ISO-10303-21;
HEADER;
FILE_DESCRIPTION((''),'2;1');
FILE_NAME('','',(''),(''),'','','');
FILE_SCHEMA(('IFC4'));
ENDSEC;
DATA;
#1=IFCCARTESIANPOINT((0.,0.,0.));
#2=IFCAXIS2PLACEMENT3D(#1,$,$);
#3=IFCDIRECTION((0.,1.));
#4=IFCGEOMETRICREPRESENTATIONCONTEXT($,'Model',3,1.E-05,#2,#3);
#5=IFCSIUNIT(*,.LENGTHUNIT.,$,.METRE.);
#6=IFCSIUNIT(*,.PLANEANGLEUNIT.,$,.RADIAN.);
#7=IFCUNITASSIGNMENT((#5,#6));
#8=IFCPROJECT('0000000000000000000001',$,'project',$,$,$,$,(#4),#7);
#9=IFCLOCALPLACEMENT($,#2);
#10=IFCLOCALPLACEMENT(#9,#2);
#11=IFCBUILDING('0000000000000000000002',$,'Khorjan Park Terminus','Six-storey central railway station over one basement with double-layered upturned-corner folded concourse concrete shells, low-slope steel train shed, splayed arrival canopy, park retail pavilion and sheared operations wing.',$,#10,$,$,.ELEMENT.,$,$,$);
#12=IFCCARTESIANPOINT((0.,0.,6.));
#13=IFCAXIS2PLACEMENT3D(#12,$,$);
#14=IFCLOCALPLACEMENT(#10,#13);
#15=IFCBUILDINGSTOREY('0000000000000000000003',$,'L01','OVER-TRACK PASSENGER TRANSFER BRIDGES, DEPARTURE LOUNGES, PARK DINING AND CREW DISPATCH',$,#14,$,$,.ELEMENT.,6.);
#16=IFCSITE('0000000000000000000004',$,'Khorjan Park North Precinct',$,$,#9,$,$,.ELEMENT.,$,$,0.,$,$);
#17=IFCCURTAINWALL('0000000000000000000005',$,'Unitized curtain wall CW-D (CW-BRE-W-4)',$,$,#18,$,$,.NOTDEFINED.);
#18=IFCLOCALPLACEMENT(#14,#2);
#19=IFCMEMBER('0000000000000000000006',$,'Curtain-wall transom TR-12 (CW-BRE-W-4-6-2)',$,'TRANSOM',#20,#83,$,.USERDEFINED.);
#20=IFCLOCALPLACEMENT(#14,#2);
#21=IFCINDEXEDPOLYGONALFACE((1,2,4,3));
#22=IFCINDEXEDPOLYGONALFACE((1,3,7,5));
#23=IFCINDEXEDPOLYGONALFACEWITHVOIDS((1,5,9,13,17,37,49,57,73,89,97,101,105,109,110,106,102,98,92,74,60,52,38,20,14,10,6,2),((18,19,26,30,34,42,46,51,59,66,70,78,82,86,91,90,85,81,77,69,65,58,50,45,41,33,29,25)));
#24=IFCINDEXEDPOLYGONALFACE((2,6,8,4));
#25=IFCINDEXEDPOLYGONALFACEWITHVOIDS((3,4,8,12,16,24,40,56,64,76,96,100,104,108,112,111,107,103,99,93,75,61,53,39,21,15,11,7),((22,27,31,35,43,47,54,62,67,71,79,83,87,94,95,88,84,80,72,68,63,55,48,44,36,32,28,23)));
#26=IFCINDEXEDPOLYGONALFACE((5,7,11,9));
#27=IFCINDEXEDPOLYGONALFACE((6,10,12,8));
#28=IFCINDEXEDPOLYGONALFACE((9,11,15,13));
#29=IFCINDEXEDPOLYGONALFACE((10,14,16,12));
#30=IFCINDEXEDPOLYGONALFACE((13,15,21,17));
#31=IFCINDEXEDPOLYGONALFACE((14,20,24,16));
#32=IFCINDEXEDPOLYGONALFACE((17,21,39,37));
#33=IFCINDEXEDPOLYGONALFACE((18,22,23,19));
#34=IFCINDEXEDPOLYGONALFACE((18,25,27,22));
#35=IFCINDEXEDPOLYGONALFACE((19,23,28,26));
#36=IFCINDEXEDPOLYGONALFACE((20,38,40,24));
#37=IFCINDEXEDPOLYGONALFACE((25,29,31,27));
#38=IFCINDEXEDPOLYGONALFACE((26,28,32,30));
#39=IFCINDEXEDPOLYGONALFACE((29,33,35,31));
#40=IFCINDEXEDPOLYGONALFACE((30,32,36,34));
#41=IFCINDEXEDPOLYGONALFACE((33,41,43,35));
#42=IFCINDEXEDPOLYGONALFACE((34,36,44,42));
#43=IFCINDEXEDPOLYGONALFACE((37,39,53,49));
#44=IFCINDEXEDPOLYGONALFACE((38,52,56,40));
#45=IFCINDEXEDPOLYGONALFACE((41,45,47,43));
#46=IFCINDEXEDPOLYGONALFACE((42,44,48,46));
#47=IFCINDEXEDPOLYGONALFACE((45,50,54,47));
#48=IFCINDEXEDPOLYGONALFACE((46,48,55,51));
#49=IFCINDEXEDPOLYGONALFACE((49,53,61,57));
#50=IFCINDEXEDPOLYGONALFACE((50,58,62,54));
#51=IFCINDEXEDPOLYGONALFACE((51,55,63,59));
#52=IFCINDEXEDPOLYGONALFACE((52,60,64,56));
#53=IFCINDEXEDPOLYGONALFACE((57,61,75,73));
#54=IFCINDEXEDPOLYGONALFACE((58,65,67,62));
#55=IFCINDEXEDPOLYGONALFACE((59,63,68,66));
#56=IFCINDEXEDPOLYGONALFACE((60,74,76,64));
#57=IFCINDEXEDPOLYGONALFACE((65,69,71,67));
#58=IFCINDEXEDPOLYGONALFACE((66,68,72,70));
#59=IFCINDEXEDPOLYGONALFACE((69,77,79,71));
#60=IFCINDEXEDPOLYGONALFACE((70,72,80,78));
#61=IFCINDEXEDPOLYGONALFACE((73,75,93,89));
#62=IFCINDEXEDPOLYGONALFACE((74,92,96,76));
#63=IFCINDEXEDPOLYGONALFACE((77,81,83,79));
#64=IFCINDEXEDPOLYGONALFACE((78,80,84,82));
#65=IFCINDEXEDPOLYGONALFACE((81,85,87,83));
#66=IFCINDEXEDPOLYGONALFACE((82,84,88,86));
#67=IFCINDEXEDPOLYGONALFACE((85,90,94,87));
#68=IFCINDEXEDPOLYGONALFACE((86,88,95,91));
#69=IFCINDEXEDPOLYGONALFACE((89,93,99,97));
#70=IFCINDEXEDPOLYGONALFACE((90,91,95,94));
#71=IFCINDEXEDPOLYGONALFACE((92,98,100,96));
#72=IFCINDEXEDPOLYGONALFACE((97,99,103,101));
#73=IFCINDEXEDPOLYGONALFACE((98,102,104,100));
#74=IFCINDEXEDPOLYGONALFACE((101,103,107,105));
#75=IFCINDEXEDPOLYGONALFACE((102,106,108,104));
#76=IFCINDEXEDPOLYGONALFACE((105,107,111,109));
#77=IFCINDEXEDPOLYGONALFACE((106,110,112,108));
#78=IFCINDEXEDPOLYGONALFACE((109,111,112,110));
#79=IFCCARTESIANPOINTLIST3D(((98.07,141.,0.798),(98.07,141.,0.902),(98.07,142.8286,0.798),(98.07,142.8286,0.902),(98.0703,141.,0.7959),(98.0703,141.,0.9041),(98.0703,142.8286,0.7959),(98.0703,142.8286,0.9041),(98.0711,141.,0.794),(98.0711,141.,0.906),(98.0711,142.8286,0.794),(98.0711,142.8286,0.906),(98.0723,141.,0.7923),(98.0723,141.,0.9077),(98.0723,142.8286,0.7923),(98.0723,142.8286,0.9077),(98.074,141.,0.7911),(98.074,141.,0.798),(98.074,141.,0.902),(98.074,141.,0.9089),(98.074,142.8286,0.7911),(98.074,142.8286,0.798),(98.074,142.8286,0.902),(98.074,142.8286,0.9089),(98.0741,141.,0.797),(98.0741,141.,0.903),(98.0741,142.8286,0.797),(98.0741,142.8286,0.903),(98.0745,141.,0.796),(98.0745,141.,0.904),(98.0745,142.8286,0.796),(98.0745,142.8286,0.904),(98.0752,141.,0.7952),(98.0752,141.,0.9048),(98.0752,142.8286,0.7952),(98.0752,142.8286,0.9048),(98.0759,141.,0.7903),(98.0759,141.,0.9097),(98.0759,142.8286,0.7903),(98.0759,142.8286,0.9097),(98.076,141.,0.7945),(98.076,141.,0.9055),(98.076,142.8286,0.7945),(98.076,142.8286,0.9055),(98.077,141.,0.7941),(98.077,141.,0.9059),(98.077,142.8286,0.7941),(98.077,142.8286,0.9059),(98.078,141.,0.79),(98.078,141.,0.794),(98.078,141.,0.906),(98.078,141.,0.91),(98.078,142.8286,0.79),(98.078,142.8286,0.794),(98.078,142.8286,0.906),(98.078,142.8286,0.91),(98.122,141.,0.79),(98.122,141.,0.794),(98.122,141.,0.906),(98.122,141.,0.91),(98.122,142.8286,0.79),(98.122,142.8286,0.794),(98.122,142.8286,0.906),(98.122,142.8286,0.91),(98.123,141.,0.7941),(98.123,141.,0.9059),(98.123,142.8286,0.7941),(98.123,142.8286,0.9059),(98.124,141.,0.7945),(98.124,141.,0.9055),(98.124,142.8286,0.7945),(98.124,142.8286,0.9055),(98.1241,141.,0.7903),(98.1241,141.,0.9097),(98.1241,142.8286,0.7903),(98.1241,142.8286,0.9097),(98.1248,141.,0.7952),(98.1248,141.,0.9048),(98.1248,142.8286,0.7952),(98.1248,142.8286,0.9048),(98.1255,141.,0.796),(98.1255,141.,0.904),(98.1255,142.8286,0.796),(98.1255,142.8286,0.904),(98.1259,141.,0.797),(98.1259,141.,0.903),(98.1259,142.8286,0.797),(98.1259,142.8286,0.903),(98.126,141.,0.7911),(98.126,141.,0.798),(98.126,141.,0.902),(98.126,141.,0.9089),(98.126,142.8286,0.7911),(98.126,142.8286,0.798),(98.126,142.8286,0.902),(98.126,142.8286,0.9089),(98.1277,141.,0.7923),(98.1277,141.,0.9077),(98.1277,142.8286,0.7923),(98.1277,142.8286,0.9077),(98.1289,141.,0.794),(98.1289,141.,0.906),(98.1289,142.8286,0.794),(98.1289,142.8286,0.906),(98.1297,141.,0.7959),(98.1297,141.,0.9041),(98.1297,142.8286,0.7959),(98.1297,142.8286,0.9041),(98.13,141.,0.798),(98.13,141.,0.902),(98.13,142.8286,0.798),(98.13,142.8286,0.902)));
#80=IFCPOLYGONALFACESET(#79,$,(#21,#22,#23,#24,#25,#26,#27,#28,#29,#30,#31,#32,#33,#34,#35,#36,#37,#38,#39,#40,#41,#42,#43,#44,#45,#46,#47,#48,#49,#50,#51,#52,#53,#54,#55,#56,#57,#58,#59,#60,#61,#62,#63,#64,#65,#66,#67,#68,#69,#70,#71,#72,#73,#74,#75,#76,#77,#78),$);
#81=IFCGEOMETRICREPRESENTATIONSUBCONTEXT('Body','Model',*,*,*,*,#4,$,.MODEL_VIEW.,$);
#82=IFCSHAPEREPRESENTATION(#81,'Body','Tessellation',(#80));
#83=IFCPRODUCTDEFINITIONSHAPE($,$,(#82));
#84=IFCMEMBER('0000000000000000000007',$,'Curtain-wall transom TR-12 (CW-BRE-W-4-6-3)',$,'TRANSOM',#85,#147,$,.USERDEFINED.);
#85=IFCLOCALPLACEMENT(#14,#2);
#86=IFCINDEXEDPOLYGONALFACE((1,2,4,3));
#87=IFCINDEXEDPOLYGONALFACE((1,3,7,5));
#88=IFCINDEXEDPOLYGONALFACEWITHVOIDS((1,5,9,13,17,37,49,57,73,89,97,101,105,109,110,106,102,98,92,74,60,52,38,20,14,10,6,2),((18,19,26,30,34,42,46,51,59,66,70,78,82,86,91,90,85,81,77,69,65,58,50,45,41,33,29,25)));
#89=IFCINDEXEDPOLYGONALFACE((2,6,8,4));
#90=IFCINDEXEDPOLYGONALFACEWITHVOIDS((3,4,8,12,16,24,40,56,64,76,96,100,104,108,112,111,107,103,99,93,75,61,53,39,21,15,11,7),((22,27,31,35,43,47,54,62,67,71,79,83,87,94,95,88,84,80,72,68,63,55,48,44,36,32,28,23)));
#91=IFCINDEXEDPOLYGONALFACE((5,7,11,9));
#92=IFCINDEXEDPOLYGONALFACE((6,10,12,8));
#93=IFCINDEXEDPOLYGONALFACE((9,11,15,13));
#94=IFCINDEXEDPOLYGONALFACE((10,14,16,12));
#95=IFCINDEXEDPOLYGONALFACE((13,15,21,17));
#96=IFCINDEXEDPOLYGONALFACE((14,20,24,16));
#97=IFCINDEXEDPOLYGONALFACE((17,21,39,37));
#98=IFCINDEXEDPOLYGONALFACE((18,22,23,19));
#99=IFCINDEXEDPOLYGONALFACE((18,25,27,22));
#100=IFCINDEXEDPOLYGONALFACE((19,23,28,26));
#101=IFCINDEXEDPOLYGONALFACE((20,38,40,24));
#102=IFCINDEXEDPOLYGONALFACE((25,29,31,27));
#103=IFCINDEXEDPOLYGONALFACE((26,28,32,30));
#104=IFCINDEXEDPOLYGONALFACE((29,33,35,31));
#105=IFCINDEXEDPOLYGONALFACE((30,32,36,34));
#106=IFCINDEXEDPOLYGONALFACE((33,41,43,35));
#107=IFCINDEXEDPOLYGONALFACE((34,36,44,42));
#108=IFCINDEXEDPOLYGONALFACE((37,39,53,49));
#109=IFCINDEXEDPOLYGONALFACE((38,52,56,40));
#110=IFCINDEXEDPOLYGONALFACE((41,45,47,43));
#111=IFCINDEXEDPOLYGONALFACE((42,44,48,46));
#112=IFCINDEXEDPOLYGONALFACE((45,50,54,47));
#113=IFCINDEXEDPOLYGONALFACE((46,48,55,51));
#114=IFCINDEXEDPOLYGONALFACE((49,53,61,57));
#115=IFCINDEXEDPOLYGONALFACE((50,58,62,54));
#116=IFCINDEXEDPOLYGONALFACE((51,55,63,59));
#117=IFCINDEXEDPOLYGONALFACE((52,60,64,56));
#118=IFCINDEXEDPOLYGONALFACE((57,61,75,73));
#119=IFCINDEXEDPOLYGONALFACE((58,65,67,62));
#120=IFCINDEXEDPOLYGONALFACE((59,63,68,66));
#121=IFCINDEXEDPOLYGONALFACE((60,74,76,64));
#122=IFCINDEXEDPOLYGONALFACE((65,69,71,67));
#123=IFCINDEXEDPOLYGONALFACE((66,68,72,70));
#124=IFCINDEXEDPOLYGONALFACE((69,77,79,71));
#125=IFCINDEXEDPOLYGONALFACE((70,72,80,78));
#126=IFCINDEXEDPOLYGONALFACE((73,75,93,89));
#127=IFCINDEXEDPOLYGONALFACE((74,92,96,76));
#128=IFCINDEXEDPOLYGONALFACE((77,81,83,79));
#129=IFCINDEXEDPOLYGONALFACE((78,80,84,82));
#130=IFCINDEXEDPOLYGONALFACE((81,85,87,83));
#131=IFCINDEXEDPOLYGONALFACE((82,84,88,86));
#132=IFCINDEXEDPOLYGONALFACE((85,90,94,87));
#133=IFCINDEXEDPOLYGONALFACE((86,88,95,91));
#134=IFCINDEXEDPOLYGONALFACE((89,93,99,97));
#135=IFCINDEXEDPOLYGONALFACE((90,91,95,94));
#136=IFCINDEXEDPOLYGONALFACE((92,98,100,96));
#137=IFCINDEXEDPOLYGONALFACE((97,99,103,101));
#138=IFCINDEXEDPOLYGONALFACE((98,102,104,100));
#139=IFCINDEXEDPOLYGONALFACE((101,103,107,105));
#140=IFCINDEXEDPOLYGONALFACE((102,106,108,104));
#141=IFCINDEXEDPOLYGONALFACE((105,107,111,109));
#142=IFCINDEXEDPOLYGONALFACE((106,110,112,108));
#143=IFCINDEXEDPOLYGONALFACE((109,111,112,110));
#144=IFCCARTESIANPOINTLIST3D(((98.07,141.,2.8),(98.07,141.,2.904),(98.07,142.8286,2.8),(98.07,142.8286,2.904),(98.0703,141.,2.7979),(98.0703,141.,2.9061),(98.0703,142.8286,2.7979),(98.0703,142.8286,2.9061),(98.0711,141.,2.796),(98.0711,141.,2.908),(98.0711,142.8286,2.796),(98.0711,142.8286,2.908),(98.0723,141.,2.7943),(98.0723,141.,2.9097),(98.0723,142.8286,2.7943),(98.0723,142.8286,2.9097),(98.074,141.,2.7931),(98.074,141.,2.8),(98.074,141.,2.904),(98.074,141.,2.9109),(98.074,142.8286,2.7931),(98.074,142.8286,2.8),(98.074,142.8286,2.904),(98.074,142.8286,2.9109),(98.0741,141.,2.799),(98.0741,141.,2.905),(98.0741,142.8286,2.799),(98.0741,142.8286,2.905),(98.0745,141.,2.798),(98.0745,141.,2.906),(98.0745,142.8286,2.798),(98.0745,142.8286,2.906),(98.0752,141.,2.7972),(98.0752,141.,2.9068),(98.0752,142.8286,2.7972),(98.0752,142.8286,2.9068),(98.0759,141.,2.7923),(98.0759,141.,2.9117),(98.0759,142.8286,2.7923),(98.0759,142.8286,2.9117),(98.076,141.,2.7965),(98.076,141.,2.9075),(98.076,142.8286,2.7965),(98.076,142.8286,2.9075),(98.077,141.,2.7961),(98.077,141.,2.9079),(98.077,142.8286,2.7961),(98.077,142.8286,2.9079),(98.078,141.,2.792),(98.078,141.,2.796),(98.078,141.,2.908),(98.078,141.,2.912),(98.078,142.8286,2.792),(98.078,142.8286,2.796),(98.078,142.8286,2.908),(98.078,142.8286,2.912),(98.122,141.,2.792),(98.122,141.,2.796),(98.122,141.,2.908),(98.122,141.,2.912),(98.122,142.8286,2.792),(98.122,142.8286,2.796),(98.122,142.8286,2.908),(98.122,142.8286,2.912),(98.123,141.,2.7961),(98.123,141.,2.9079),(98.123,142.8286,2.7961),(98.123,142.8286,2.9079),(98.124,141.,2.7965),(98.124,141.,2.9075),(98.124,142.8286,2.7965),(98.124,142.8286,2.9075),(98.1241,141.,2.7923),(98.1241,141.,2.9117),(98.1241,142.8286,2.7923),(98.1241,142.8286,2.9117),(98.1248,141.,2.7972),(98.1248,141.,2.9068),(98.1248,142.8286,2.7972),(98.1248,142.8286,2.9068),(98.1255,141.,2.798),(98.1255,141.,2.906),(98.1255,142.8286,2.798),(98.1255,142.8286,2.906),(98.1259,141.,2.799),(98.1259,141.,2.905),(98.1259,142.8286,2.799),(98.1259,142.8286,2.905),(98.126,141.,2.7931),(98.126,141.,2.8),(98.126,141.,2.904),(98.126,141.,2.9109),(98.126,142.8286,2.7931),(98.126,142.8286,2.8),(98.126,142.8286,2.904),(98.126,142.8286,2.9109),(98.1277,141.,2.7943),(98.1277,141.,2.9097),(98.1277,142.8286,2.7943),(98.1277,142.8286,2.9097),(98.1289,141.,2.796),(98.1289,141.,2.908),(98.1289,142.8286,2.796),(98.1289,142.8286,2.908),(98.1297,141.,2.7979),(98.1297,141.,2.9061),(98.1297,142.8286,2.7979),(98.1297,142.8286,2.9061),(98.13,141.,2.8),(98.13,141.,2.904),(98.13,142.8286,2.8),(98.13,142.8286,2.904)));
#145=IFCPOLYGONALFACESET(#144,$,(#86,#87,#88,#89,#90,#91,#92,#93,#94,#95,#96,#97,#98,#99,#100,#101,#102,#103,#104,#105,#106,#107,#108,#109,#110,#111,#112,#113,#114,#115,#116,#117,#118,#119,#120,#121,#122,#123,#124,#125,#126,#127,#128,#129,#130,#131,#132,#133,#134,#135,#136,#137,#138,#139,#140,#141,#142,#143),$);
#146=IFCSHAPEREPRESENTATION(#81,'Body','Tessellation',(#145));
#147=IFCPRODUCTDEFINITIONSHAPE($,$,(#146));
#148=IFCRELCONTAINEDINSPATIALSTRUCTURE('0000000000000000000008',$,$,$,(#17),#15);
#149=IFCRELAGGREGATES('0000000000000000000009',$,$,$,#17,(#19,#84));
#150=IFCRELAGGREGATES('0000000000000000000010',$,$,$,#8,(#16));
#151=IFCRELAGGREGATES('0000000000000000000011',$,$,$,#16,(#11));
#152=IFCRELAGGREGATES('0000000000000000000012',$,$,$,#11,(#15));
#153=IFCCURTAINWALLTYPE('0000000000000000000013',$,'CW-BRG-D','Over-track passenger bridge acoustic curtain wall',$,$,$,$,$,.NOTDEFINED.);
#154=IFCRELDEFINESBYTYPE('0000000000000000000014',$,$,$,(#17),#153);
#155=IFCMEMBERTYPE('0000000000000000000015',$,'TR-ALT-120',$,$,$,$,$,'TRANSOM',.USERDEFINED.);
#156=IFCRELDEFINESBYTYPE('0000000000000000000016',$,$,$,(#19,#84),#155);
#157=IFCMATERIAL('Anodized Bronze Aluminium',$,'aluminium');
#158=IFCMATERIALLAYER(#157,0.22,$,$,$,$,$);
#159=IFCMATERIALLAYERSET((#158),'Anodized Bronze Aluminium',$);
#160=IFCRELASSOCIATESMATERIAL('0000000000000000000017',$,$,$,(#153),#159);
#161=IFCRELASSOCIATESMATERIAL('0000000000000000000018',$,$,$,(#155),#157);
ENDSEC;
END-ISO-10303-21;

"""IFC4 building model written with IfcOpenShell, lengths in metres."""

from ifc_helpers import new_model, si_unit, direction, frame, origin, origin_2d, place, context, subcontext, project, spatial, hollow_rectangle, extrude, material, layer, layer_set, material_profile, profile_set, type_object, element, aggregate, save


model = new_model("IFC4")

# Units and contexts
model_context = context("Model", 3, precision=1e-05, world=origin(), true_north=direction((0.0, 1.0)))
body_context = subcontext(model_context, "Body", "Model", "MODEL_VIEW")
ifc_project = project(units=[si_unit("LENGTHUNIT", "METRE"), si_unit("PLANEANGLEUNIT", "RADIAN")], contexts=[model_context])

# Site, building, storey
site_placement = place(None, origin())
site = spatial("IfcSite", under=ifc_project, at=site_placement, Name="Khorjan Park North Precinct", CompositionType="ELEMENT", RefElevation=0.0)
building_placement = place(site_placement, origin())
building = spatial("IfcBuilding", under=site, at=building_placement, Name="Khorjan Park Terminus", Description="Six-storey central railway station over one basement with double-layered upturned-corner folded concourse concrete shells, low-slope steel train shed, splayed arrival canopy, park retail pavilion and sheared operations wing.", CompositionType="ELEMENT")
storey_placement = place(building_placement, frame((0.0, 0.0, 6.0)))
storey = spatial("IfcBuildingStorey", under=building, at=storey_placement, Name="L01", Description="OVER-TRACK PASSENGER TRANSFER BRIDGES, DEPARTURE LOUNGES, PARK DINING AND CREW DISPATCH", CompositionType="ELEMENT", Elevation=6.0)

# Curtain wall, members
ifc_material_1 = material(Name="Anodized Bronze Aluminium", Category="aluminium")
ifc_layer_1 = layer(ifc_material_1, 0.22)
ifc_layer_set_1 = layer_set([ifc_layer_1], Name="Anodized Bronze Aluminium")
curtain_wall_type = type_object("IfcCurtainWallType", Name="CW-BRG-D", Description="Over-track passenger bridge acoustic curtain wall", PredefinedType="NOTDEFINED", material=ifc_layer_set_1)
curtain_wall_placement = place(storey_placement, origin())
curtain_wall = element("IfcCurtainWall", 1, at=curtain_wall_placement, inside=storey, type_object=curtain_wall_type, Name="Unitized curtain wall CW-D (CW-BRE-W-4)", PredefinedType="NOTDEFINED")
ifc_material_profile_1 = material_profile(ifc_material_1, hollow_rectangle(XDim=0.06, YDim=0.12, WallThickness=0.004, InnerFilletRadius=0.004, OuterFilletRadius=0.008, at=origin_2d()), Name="ALT 60x120x4")
ifc_profile_set_1 = profile_set([ifc_material_profile_1], Name="Anodized Bronze Aluminium")
member_type_1 = type_object("IfcMemberType", Name="TR-ALT-120", ElementType="TRANSOM", PredefinedType="USERDEFINED", material=ifc_profile_set_1)
member_1_placement = place(storey_placement, frame((98.1, 142.8286, 0.85), z_axis=(0.0, -1.0, 0.0), x_axis=(1.0, 0.0, 0.0)))
member_1 = element("IfcMember", 2, at=member_1_placement, type_object=member_type_1, Name="Curtain-wall transom TR-12 (CW-BRE-W-4-6-2)", ObjectType="TRANSOM", PredefinedType="USERDEFINED", context=body_context, shape_type="SweptSolid", body=[
    extrude(hollow_rectangle(XDim=0.06, YDim=0.12, WallThickness=0.004, InnerFilletRadius=0.004, OuterFilletRadius=0.008, at=origin_2d()), origin(), (0.0, 0.0, 1.0), 1.8286),
])
member_2_placement = place(storey_placement, frame((98.1, 142.8286, 2.852), z_axis=(0.0, -1.0, 0.0), x_axis=(1.0, 0.0, 0.0)))
member_2 = element("IfcMember", 3, at=member_2_placement, type_object=member_type_1, Name="Curtain-wall transom TR-12 (CW-BRE-W-4-6-3)", ObjectType="TRANSOM", PredefinedType="USERDEFINED", context=body_context, shape_type="SweptSolid", body=[
    extrude(hollow_rectangle(XDim=0.06, YDim=0.12, WallThickness=0.004, InnerFilletRadius=0.004, OuterFilletRadius=0.008, at=origin_2d()), origin(), (0.0, 0.0, 1.0), 1.8286),
])
aggregate(curtain_wall, [member_1, member_2])

save(model, "model.ifc")
